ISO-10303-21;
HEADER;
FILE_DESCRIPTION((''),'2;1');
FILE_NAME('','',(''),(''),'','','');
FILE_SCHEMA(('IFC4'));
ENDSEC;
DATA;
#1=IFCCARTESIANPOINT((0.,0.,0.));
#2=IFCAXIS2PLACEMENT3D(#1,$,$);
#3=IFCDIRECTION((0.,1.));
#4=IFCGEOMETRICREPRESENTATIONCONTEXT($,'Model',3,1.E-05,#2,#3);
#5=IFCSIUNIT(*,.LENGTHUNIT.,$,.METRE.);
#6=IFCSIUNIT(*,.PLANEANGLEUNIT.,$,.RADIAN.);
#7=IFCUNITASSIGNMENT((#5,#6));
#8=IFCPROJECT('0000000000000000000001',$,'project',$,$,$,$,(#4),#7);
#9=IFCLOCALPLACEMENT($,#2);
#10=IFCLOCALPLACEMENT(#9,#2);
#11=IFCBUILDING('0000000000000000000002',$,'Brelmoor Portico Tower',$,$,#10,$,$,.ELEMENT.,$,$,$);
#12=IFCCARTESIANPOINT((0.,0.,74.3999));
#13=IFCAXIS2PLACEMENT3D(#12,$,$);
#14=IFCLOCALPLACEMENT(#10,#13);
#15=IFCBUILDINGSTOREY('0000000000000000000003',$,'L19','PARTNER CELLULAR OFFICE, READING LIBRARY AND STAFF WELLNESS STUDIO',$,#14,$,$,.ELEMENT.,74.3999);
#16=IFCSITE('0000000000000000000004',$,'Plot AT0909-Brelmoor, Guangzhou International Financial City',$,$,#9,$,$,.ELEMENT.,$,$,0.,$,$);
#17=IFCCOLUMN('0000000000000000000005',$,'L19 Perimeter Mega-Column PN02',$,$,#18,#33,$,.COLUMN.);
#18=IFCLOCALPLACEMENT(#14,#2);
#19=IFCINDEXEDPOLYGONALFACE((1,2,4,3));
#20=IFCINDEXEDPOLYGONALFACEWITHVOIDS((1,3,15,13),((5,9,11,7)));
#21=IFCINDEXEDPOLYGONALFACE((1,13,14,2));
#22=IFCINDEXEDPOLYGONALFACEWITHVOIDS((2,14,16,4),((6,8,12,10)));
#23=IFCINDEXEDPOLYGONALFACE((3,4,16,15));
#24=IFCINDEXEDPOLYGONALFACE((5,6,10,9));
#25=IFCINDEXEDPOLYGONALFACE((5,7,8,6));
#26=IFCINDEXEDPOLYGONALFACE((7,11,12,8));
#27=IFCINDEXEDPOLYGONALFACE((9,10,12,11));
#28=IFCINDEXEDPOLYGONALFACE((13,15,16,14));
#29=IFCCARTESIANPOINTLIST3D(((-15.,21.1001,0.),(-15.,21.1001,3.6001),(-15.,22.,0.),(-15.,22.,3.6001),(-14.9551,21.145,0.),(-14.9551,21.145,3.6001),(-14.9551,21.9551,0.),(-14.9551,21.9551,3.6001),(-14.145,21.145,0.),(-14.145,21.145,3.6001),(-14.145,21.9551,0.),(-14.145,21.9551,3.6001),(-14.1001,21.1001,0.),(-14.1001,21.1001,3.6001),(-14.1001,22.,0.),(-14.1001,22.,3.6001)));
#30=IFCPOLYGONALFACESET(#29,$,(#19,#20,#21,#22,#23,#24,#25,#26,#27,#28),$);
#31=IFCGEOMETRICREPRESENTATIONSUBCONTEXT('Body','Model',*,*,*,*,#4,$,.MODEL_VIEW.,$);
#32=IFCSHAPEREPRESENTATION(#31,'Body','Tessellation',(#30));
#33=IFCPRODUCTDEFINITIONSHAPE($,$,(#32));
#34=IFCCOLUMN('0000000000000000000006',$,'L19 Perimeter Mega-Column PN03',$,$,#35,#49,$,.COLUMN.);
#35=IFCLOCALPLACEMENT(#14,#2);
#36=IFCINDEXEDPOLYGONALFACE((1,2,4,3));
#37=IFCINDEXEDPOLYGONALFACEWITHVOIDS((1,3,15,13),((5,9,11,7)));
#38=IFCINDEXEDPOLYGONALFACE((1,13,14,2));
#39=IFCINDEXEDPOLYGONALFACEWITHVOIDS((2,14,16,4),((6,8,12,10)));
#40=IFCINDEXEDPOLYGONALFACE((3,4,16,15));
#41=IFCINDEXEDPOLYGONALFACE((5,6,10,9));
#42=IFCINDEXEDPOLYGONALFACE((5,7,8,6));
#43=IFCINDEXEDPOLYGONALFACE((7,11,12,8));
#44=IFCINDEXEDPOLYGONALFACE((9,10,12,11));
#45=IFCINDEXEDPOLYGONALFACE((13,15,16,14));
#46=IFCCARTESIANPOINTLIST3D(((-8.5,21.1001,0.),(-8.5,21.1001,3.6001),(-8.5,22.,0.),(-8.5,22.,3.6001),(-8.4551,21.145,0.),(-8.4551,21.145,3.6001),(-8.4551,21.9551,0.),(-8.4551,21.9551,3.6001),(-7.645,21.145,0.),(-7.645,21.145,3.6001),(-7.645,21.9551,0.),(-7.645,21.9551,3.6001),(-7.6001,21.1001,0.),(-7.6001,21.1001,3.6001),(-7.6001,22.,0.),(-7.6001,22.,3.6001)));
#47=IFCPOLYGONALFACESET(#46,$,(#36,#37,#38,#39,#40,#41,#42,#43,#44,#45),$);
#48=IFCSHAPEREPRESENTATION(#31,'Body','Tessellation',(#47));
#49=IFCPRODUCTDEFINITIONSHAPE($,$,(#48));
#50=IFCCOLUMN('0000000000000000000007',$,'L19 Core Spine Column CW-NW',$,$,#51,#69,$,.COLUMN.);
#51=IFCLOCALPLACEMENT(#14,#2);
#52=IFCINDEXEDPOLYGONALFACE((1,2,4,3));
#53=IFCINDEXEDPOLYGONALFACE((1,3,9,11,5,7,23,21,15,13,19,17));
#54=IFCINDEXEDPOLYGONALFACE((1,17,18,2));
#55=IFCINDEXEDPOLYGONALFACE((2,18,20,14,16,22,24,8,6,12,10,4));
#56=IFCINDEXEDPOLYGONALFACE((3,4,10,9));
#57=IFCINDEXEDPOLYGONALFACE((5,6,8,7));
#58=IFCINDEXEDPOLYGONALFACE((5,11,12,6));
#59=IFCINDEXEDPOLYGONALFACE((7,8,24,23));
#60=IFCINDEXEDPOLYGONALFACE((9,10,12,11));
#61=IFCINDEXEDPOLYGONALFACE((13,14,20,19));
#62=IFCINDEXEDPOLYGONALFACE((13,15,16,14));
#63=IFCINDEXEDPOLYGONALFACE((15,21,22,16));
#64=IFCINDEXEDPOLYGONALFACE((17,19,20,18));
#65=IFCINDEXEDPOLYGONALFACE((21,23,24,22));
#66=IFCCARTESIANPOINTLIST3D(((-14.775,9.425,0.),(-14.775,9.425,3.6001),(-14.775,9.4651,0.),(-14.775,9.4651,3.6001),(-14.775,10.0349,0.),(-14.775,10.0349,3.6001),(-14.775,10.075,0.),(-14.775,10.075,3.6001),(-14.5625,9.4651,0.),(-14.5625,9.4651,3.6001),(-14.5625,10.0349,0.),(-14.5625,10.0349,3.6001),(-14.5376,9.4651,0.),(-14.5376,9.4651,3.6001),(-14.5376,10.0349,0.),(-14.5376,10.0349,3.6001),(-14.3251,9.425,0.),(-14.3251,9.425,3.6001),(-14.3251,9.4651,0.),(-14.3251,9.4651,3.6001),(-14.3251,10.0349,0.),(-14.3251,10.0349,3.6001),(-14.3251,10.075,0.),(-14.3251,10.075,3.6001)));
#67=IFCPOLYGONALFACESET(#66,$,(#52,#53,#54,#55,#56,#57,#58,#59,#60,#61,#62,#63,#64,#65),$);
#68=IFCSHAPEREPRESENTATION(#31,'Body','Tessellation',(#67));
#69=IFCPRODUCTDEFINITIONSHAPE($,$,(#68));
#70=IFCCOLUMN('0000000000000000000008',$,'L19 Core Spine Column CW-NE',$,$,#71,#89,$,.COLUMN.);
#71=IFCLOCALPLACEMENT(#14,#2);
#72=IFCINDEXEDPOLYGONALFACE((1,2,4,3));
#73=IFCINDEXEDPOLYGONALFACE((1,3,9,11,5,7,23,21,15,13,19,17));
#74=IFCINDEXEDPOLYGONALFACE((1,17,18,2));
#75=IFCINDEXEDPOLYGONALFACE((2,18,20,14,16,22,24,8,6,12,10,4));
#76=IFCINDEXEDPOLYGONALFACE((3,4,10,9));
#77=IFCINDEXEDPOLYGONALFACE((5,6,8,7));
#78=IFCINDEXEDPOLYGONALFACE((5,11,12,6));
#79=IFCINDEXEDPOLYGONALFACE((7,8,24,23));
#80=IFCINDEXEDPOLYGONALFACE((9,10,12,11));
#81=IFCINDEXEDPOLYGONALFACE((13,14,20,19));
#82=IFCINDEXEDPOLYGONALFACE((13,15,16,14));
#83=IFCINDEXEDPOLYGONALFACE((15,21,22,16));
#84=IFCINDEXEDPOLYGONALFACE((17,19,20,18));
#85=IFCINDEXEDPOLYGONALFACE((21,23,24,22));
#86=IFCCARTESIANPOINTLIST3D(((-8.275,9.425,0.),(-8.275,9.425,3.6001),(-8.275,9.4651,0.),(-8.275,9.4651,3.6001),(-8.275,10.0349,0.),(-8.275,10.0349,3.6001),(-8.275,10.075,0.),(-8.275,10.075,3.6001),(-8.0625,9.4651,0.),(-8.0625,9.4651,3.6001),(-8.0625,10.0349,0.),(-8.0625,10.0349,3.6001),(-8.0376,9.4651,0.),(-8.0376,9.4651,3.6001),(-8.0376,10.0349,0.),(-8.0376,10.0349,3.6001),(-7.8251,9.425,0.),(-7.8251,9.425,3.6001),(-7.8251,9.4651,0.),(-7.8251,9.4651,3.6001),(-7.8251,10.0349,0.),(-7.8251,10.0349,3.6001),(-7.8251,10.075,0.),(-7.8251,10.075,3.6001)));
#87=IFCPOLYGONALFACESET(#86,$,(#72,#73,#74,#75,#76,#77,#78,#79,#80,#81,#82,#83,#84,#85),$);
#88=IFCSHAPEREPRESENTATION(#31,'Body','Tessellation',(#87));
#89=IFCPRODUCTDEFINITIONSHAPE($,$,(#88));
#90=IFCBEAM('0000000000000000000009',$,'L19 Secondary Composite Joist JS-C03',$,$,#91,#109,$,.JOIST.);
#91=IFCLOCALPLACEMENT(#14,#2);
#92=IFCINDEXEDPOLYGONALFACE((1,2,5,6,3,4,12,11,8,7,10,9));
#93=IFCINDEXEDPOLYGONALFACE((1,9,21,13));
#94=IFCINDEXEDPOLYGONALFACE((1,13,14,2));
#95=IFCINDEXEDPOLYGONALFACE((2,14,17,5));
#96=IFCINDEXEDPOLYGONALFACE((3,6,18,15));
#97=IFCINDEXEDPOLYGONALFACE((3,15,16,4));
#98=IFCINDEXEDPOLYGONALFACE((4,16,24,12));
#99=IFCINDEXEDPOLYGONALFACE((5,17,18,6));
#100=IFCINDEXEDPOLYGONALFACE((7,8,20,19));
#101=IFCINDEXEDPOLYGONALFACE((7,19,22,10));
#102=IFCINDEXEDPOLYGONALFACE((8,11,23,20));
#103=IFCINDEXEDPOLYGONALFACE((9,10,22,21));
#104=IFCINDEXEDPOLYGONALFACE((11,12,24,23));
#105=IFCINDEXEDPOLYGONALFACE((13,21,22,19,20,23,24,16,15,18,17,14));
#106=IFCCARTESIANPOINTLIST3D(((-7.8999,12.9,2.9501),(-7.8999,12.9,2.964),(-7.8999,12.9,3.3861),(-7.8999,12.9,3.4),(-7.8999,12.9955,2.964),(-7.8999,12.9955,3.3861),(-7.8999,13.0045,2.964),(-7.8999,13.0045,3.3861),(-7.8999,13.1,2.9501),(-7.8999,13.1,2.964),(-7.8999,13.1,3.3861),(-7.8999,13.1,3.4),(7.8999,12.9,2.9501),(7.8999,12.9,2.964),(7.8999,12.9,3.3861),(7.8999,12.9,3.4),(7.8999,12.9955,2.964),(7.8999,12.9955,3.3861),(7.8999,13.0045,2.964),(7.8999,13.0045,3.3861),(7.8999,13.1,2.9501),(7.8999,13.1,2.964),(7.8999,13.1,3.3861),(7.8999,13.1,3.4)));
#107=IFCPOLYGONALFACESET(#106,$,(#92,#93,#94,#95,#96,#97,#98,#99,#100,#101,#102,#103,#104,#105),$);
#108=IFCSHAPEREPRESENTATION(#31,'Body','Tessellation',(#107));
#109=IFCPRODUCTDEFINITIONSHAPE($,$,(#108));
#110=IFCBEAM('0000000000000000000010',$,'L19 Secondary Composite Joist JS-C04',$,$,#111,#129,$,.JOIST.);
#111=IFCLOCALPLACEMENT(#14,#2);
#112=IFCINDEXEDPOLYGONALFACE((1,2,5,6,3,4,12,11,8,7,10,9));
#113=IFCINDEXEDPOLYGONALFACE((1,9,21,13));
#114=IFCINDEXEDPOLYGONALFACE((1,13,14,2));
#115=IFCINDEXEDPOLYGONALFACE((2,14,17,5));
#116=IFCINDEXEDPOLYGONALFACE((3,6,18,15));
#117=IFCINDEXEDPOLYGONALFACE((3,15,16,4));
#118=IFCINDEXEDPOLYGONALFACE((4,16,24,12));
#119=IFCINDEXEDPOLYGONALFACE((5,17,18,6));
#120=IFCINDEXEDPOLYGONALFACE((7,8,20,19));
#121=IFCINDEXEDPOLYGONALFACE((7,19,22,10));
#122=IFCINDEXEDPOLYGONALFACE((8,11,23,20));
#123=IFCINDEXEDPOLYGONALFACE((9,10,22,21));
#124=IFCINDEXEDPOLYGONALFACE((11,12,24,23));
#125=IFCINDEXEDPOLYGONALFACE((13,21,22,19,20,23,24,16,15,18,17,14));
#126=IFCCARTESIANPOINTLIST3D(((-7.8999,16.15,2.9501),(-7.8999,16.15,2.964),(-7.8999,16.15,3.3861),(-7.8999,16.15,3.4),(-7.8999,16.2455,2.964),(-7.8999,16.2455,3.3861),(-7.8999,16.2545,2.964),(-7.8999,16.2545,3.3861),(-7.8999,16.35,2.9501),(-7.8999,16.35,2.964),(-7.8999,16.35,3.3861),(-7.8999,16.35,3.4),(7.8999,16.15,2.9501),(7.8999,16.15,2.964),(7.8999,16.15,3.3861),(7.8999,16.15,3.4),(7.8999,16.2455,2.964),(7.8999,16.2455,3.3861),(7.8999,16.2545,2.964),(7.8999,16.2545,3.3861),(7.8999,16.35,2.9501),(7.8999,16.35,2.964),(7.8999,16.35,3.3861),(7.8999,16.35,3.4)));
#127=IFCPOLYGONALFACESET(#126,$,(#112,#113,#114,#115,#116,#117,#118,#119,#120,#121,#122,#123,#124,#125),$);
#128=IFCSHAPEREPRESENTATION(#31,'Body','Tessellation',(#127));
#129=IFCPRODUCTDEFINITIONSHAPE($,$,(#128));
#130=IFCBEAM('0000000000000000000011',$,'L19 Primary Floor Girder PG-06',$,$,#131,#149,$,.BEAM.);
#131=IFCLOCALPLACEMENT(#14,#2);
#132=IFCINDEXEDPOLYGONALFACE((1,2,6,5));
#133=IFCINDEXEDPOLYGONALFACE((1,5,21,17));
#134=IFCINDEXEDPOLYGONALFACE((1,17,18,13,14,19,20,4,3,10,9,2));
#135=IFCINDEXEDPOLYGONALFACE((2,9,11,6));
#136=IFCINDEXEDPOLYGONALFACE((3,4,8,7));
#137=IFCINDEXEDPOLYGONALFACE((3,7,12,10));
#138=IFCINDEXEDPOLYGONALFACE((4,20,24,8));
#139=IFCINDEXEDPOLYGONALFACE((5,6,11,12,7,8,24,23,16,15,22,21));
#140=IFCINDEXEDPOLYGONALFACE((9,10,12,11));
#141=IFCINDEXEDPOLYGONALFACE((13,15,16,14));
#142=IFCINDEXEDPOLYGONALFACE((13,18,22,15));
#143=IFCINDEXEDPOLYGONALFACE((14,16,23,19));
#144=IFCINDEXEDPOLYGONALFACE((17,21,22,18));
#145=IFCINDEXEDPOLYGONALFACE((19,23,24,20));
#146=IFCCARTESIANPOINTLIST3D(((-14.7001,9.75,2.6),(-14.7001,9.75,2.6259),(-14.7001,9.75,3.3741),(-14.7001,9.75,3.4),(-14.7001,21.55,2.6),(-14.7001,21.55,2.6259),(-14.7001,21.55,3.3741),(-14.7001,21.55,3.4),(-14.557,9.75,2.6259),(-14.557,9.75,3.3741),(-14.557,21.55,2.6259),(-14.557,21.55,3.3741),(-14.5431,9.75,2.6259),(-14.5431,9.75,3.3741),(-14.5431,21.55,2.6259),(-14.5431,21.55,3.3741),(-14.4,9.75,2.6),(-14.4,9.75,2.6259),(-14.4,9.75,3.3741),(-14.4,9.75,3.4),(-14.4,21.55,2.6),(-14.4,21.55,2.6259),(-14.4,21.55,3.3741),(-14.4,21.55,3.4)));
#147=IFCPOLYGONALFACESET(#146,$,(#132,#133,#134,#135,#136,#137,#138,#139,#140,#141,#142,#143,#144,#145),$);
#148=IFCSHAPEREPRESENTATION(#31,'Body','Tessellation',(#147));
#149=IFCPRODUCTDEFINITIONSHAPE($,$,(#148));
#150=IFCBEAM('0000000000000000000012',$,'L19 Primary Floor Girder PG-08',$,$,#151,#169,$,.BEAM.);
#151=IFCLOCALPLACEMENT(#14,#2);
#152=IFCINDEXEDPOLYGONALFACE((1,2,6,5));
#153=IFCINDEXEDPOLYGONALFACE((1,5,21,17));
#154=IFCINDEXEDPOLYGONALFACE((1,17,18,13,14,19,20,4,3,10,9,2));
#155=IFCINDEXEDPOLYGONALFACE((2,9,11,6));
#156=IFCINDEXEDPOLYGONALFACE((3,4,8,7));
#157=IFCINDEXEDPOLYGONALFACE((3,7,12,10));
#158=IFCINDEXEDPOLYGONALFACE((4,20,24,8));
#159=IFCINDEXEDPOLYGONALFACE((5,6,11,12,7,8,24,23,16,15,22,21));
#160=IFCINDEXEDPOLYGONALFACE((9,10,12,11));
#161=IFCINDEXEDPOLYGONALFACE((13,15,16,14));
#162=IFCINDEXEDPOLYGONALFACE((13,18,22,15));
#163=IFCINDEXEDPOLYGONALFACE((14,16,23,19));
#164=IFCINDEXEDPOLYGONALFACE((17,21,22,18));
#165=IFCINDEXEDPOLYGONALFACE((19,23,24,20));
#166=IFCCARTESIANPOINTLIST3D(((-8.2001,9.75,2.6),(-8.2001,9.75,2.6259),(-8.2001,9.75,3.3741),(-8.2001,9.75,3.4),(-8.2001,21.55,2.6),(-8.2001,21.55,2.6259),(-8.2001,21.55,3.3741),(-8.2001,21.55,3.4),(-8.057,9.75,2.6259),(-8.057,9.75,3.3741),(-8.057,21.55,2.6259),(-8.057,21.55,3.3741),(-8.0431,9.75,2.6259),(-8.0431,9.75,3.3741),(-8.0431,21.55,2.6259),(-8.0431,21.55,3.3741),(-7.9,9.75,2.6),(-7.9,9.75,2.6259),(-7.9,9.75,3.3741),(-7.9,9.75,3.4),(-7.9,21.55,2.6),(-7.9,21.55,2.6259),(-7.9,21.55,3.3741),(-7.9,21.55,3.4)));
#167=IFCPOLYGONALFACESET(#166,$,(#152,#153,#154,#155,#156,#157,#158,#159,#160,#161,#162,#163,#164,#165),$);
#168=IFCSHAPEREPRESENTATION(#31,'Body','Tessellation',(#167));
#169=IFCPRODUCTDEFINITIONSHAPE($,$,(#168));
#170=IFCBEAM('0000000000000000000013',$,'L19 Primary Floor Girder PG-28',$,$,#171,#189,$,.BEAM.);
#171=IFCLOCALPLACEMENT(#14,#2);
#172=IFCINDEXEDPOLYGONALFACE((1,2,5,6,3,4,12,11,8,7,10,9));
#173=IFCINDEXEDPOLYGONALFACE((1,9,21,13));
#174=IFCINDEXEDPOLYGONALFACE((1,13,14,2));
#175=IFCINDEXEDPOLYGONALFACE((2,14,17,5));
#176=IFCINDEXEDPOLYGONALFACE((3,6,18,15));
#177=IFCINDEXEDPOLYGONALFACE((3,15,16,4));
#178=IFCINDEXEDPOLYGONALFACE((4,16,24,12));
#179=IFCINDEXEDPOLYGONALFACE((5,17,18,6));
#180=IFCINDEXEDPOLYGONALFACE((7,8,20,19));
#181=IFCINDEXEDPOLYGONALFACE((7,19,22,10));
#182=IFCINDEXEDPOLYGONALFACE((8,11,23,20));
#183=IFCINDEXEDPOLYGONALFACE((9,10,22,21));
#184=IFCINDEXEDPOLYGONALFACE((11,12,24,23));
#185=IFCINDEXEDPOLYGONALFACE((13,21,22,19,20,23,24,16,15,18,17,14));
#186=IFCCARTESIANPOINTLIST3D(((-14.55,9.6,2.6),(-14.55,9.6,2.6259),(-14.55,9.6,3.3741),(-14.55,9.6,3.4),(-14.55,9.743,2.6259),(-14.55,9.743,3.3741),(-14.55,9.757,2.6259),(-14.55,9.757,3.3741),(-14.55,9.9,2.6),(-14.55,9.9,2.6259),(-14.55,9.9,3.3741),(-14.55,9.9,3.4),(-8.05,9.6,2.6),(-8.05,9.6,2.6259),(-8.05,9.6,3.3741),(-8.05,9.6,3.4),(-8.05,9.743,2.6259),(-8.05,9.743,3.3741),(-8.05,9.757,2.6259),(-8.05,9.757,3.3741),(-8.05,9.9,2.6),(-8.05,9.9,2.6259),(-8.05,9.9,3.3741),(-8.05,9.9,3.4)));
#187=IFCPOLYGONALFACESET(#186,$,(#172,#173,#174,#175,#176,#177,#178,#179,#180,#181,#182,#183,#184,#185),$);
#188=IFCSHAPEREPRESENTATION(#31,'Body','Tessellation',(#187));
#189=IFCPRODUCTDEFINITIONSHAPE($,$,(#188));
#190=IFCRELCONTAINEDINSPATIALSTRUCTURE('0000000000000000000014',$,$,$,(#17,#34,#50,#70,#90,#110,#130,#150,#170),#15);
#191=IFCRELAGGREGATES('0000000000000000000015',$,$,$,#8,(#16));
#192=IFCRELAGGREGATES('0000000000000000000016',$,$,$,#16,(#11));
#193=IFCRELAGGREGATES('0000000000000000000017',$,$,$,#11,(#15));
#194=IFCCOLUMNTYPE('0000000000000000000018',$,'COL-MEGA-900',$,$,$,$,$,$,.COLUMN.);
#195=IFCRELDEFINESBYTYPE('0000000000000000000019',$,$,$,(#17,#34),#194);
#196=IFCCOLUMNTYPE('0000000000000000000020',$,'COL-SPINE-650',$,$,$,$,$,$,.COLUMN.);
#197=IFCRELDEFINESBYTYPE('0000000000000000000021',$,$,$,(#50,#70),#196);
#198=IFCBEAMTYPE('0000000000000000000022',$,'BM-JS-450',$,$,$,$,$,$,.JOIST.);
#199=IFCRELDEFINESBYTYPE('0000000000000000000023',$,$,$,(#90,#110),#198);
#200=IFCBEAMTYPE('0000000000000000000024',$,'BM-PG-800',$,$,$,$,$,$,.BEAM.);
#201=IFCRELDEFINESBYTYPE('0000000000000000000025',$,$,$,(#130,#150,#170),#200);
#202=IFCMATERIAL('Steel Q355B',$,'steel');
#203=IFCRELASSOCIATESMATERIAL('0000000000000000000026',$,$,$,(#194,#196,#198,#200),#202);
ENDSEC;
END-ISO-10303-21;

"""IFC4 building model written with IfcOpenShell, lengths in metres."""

from ifc_helpers import new_model, si_unit, direction, frame, origin, origin_2d, place, context, subcontext, project, spatial, hollow_rectangle, i_section, extrude, material, material_profile, profile_set, type_object, element, save


model = new_model("IFC4")

# Units and contexts
model_context = context("Model", 3, precision=1e-05, world=origin(), true_north=direction((0.0, 1.0)))
body_context = subcontext(model_context, "Body", "Model", "MODEL_VIEW")
ifc_project = project(units=[si_unit("LENGTHUNIT", "METRE"), si_unit("PLANEANGLEUNIT", "RADIAN")], contexts=[model_context])

# Site, building, storey
site_placement = place(None, origin())
site = spatial("IfcSite", under=ifc_project, at=site_placement, Name="Plot AT0909-Brelmoor, Guangzhou International Financial City", CompositionType="ELEMENT", RefElevation=0.0)
building_placement = place(site_placement, origin())
building = spatial("IfcBuilding", under=site, at=building_placement, Name="Brelmoor Portico Tower", CompositionType="ELEMENT")
storey_placement = place(building_placement, frame((0.0, 0.0, 74.3999)))
storey = spatial("IfcBuildingStorey", under=building, at=storey_placement, Name="L19", Description="PARTNER CELLULAR OFFICE, READING LIBRARY AND STAFF WELLNESS STUDIO", CompositionType="ELEMENT", Elevation=74.3999)

# Columns
ifc_material_1 = material(Name="Steel Q355B", Category="steel")
ifc_material_profile_1 = material_profile(ifc_material_1, hollow_rectangle(XDim=0.8999, YDim=0.8999, WallThickness=0.0449, at=origin_2d()), Name="BOX 900x900x45")
ifc_profile_set_1 = profile_set([ifc_material_profile_1], Name="Steel Q355B")
column_type_1 = type_object("IfcColumnType", Name="COL-MEGA-900", PredefinedType="COLUMN", material=ifc_profile_set_1)
for number, where, z_axis, x_axis, name in (
    (1, (-14.55, 21.55, 0.0), (0.0, 0.0, 1.0), (1.0, 0.0, 0.0), "L19 Perimeter Mega-Column PN02"),
    (2, (-8.05, 21.55, 0.0), (0.0, 0.0, 1.0), (1.0, 0.0, 0.0), "L19 Perimeter Mega-Column PN03"),
):
    element("IfcColumn", number, at=place(storey_placement, frame(where, z_axis=z_axis, x_axis=x_axis)), inside=storey, type_object=column_type_1, Name=name, PredefinedType="COLUMN", context=body_context, shape_type="SweptSolid", body=[
        extrude(hollow_rectangle(XDim=0.8999, YDim=0.8999, WallThickness=0.0449, at=origin_2d()), origin(), (0.0, 0.0, 1.0), 3.6001),
    ])
ifc_material_profile_2 = material_profile(ifc_material_1, i_section(OverallWidth=0.45, OverallDepth=0.6499, WebThickness=0.0249, FlangeThickness=0.04, at=origin_2d()), Name="HW 650x450x25x40")
ifc_profile_set_2 = profile_set([ifc_material_profile_2], Name="Steel Q355B")
column_type_2 = type_object("IfcColumnType", Name="COL-SPINE-650", PredefinedType="COLUMN", material=ifc_profile_set_2)
for number, where, z_axis, x_axis, name in (
    (3, (-14.55, 9.75, 0.0), (0.0, 0.0, 1.0), (1.0, 0.0, 0.0), "L19 Core Spine Column CW-NW"),
    (4, (-8.05, 9.75, 0.0), (0.0, 0.0, 1.0), (1.0, 0.0, 0.0), "L19 Core Spine Column CW-NE"),
):
    element("IfcColumn", number, at=place(storey_placement, frame(where, z_axis=z_axis, x_axis=x_axis)), inside=storey, type_object=column_type_2, Name=name, PredefinedType="COLUMN", context=body_context, shape_type="SweptSolid", body=[
        extrude(i_section(OverallWidth=0.45, OverallDepth=0.6499, WebThickness=0.0249, FlangeThickness=0.04, at=origin_2d()), origin(), (0.0, 0.0, 1.0), 3.6001),
    ])

# Beams
ifc_material_profile_3 = material_profile(ifc_material_1, i_section(OverallWidth=0.2, OverallDepth=0.45, WebThickness=0.009, FlangeThickness=0.0139, at=origin_2d()), Name="HN 450x200x9x14")
ifc_profile_set_3 = profile_set([ifc_material_profile_3], Name="Steel Q355B")
beam_type_1 = type_object("IfcBeamType", Name="BM-JS-450", PredefinedType="JOIST", material=ifc_profile_set_3)
for number, where, z_axis, x_axis, name in (
    (5, (-7.8999, 13.0, 3.175), (1.0, 0.0, 0.0), (0.0, 1.0, 0.0), "L19 Secondary Composite Joist JS-C03"),
    (6, (-7.8999, 16.25, 3.175), (1.0, 0.0, 0.0), (0.0, 1.0, 0.0), "L19 Secondary Composite Joist JS-C04"),
):
    element("IfcBeam", number, at=place(storey_placement, frame(where, z_axis=z_axis, x_axis=x_axis)), inside=storey, type_object=beam_type_1, Name=name, PredefinedType="JOIST", context=body_context, shape_type="SweptSolid", body=[
        extrude(i_section(OverallWidth=0.2, OverallDepth=0.45, WebThickness=0.009, FlangeThickness=0.0139, at=origin_2d()), origin(), (0.0, 0.0, 1.0), 15.7998),
    ])
ifc_material_profile_4 = material_profile(ifc_material_1, i_section(OverallWidth=0.3, OverallDepth=0.8, WebThickness=0.0139, FlangeThickness=0.0259, at=origin_2d()), Name="HN 800x300x14x26")
ifc_profile_set_4 = profile_set([ifc_material_profile_4], Name="Steel Q355B")
beam_type_2 = type_object("IfcBeamType", Name="BM-PG-800", PredefinedType="BEAM", material=ifc_profile_set_4)
for number, where, z_axis, x_axis, name in (
    (7, (-14.55, 9.75, 3.0), (0.0, 1.0, 0.0), (-1.0, 0.0, 0.0), "L19 Primary Floor Girder PG-06"),
    (8, (-8.05, 9.75, 3.0), (0.0, 1.0, 0.0), (-1.0, 0.0, 0.0), "L19 Primary Floor Girder PG-08"),
):
    element("IfcBeam", number, at=place(storey_placement, frame(where, z_axis=z_axis, x_axis=x_axis)), inside=storey, type_object=beam_type_2, Name=name, PredefinedType="BEAM", context=body_context, shape_type="SweptSolid", body=[
        extrude(i_section(OverallWidth=0.3, OverallDepth=0.8, WebThickness=0.0139, FlangeThickness=0.0259, at=origin_2d()), origin(), (0.0, 0.0, 1.0), 11.8),
    ])
beam_1_placement = place(storey_placement, frame((-14.55, 9.75, 3.0), z_axis=(1.0, 0.0, 0.0), x_axis=(0.0, 1.0, 0.0)))
element("IfcBeam", 9, at=beam_1_placement, inside=storey, type_object=beam_type_2, Name="L19 Primary Floor Girder PG-28", PredefinedType="BEAM", context=body_context, shape_type="SweptSolid", body=[
    extrude(i_section(OverallWidth=0.3, OverallDepth=0.8, WebThickness=0.0139, FlangeThickness=0.0259, at=origin_2d()), origin(), (0.0, 0.0, 1.0), 6.5),
])

save(model, "model.ifc")
